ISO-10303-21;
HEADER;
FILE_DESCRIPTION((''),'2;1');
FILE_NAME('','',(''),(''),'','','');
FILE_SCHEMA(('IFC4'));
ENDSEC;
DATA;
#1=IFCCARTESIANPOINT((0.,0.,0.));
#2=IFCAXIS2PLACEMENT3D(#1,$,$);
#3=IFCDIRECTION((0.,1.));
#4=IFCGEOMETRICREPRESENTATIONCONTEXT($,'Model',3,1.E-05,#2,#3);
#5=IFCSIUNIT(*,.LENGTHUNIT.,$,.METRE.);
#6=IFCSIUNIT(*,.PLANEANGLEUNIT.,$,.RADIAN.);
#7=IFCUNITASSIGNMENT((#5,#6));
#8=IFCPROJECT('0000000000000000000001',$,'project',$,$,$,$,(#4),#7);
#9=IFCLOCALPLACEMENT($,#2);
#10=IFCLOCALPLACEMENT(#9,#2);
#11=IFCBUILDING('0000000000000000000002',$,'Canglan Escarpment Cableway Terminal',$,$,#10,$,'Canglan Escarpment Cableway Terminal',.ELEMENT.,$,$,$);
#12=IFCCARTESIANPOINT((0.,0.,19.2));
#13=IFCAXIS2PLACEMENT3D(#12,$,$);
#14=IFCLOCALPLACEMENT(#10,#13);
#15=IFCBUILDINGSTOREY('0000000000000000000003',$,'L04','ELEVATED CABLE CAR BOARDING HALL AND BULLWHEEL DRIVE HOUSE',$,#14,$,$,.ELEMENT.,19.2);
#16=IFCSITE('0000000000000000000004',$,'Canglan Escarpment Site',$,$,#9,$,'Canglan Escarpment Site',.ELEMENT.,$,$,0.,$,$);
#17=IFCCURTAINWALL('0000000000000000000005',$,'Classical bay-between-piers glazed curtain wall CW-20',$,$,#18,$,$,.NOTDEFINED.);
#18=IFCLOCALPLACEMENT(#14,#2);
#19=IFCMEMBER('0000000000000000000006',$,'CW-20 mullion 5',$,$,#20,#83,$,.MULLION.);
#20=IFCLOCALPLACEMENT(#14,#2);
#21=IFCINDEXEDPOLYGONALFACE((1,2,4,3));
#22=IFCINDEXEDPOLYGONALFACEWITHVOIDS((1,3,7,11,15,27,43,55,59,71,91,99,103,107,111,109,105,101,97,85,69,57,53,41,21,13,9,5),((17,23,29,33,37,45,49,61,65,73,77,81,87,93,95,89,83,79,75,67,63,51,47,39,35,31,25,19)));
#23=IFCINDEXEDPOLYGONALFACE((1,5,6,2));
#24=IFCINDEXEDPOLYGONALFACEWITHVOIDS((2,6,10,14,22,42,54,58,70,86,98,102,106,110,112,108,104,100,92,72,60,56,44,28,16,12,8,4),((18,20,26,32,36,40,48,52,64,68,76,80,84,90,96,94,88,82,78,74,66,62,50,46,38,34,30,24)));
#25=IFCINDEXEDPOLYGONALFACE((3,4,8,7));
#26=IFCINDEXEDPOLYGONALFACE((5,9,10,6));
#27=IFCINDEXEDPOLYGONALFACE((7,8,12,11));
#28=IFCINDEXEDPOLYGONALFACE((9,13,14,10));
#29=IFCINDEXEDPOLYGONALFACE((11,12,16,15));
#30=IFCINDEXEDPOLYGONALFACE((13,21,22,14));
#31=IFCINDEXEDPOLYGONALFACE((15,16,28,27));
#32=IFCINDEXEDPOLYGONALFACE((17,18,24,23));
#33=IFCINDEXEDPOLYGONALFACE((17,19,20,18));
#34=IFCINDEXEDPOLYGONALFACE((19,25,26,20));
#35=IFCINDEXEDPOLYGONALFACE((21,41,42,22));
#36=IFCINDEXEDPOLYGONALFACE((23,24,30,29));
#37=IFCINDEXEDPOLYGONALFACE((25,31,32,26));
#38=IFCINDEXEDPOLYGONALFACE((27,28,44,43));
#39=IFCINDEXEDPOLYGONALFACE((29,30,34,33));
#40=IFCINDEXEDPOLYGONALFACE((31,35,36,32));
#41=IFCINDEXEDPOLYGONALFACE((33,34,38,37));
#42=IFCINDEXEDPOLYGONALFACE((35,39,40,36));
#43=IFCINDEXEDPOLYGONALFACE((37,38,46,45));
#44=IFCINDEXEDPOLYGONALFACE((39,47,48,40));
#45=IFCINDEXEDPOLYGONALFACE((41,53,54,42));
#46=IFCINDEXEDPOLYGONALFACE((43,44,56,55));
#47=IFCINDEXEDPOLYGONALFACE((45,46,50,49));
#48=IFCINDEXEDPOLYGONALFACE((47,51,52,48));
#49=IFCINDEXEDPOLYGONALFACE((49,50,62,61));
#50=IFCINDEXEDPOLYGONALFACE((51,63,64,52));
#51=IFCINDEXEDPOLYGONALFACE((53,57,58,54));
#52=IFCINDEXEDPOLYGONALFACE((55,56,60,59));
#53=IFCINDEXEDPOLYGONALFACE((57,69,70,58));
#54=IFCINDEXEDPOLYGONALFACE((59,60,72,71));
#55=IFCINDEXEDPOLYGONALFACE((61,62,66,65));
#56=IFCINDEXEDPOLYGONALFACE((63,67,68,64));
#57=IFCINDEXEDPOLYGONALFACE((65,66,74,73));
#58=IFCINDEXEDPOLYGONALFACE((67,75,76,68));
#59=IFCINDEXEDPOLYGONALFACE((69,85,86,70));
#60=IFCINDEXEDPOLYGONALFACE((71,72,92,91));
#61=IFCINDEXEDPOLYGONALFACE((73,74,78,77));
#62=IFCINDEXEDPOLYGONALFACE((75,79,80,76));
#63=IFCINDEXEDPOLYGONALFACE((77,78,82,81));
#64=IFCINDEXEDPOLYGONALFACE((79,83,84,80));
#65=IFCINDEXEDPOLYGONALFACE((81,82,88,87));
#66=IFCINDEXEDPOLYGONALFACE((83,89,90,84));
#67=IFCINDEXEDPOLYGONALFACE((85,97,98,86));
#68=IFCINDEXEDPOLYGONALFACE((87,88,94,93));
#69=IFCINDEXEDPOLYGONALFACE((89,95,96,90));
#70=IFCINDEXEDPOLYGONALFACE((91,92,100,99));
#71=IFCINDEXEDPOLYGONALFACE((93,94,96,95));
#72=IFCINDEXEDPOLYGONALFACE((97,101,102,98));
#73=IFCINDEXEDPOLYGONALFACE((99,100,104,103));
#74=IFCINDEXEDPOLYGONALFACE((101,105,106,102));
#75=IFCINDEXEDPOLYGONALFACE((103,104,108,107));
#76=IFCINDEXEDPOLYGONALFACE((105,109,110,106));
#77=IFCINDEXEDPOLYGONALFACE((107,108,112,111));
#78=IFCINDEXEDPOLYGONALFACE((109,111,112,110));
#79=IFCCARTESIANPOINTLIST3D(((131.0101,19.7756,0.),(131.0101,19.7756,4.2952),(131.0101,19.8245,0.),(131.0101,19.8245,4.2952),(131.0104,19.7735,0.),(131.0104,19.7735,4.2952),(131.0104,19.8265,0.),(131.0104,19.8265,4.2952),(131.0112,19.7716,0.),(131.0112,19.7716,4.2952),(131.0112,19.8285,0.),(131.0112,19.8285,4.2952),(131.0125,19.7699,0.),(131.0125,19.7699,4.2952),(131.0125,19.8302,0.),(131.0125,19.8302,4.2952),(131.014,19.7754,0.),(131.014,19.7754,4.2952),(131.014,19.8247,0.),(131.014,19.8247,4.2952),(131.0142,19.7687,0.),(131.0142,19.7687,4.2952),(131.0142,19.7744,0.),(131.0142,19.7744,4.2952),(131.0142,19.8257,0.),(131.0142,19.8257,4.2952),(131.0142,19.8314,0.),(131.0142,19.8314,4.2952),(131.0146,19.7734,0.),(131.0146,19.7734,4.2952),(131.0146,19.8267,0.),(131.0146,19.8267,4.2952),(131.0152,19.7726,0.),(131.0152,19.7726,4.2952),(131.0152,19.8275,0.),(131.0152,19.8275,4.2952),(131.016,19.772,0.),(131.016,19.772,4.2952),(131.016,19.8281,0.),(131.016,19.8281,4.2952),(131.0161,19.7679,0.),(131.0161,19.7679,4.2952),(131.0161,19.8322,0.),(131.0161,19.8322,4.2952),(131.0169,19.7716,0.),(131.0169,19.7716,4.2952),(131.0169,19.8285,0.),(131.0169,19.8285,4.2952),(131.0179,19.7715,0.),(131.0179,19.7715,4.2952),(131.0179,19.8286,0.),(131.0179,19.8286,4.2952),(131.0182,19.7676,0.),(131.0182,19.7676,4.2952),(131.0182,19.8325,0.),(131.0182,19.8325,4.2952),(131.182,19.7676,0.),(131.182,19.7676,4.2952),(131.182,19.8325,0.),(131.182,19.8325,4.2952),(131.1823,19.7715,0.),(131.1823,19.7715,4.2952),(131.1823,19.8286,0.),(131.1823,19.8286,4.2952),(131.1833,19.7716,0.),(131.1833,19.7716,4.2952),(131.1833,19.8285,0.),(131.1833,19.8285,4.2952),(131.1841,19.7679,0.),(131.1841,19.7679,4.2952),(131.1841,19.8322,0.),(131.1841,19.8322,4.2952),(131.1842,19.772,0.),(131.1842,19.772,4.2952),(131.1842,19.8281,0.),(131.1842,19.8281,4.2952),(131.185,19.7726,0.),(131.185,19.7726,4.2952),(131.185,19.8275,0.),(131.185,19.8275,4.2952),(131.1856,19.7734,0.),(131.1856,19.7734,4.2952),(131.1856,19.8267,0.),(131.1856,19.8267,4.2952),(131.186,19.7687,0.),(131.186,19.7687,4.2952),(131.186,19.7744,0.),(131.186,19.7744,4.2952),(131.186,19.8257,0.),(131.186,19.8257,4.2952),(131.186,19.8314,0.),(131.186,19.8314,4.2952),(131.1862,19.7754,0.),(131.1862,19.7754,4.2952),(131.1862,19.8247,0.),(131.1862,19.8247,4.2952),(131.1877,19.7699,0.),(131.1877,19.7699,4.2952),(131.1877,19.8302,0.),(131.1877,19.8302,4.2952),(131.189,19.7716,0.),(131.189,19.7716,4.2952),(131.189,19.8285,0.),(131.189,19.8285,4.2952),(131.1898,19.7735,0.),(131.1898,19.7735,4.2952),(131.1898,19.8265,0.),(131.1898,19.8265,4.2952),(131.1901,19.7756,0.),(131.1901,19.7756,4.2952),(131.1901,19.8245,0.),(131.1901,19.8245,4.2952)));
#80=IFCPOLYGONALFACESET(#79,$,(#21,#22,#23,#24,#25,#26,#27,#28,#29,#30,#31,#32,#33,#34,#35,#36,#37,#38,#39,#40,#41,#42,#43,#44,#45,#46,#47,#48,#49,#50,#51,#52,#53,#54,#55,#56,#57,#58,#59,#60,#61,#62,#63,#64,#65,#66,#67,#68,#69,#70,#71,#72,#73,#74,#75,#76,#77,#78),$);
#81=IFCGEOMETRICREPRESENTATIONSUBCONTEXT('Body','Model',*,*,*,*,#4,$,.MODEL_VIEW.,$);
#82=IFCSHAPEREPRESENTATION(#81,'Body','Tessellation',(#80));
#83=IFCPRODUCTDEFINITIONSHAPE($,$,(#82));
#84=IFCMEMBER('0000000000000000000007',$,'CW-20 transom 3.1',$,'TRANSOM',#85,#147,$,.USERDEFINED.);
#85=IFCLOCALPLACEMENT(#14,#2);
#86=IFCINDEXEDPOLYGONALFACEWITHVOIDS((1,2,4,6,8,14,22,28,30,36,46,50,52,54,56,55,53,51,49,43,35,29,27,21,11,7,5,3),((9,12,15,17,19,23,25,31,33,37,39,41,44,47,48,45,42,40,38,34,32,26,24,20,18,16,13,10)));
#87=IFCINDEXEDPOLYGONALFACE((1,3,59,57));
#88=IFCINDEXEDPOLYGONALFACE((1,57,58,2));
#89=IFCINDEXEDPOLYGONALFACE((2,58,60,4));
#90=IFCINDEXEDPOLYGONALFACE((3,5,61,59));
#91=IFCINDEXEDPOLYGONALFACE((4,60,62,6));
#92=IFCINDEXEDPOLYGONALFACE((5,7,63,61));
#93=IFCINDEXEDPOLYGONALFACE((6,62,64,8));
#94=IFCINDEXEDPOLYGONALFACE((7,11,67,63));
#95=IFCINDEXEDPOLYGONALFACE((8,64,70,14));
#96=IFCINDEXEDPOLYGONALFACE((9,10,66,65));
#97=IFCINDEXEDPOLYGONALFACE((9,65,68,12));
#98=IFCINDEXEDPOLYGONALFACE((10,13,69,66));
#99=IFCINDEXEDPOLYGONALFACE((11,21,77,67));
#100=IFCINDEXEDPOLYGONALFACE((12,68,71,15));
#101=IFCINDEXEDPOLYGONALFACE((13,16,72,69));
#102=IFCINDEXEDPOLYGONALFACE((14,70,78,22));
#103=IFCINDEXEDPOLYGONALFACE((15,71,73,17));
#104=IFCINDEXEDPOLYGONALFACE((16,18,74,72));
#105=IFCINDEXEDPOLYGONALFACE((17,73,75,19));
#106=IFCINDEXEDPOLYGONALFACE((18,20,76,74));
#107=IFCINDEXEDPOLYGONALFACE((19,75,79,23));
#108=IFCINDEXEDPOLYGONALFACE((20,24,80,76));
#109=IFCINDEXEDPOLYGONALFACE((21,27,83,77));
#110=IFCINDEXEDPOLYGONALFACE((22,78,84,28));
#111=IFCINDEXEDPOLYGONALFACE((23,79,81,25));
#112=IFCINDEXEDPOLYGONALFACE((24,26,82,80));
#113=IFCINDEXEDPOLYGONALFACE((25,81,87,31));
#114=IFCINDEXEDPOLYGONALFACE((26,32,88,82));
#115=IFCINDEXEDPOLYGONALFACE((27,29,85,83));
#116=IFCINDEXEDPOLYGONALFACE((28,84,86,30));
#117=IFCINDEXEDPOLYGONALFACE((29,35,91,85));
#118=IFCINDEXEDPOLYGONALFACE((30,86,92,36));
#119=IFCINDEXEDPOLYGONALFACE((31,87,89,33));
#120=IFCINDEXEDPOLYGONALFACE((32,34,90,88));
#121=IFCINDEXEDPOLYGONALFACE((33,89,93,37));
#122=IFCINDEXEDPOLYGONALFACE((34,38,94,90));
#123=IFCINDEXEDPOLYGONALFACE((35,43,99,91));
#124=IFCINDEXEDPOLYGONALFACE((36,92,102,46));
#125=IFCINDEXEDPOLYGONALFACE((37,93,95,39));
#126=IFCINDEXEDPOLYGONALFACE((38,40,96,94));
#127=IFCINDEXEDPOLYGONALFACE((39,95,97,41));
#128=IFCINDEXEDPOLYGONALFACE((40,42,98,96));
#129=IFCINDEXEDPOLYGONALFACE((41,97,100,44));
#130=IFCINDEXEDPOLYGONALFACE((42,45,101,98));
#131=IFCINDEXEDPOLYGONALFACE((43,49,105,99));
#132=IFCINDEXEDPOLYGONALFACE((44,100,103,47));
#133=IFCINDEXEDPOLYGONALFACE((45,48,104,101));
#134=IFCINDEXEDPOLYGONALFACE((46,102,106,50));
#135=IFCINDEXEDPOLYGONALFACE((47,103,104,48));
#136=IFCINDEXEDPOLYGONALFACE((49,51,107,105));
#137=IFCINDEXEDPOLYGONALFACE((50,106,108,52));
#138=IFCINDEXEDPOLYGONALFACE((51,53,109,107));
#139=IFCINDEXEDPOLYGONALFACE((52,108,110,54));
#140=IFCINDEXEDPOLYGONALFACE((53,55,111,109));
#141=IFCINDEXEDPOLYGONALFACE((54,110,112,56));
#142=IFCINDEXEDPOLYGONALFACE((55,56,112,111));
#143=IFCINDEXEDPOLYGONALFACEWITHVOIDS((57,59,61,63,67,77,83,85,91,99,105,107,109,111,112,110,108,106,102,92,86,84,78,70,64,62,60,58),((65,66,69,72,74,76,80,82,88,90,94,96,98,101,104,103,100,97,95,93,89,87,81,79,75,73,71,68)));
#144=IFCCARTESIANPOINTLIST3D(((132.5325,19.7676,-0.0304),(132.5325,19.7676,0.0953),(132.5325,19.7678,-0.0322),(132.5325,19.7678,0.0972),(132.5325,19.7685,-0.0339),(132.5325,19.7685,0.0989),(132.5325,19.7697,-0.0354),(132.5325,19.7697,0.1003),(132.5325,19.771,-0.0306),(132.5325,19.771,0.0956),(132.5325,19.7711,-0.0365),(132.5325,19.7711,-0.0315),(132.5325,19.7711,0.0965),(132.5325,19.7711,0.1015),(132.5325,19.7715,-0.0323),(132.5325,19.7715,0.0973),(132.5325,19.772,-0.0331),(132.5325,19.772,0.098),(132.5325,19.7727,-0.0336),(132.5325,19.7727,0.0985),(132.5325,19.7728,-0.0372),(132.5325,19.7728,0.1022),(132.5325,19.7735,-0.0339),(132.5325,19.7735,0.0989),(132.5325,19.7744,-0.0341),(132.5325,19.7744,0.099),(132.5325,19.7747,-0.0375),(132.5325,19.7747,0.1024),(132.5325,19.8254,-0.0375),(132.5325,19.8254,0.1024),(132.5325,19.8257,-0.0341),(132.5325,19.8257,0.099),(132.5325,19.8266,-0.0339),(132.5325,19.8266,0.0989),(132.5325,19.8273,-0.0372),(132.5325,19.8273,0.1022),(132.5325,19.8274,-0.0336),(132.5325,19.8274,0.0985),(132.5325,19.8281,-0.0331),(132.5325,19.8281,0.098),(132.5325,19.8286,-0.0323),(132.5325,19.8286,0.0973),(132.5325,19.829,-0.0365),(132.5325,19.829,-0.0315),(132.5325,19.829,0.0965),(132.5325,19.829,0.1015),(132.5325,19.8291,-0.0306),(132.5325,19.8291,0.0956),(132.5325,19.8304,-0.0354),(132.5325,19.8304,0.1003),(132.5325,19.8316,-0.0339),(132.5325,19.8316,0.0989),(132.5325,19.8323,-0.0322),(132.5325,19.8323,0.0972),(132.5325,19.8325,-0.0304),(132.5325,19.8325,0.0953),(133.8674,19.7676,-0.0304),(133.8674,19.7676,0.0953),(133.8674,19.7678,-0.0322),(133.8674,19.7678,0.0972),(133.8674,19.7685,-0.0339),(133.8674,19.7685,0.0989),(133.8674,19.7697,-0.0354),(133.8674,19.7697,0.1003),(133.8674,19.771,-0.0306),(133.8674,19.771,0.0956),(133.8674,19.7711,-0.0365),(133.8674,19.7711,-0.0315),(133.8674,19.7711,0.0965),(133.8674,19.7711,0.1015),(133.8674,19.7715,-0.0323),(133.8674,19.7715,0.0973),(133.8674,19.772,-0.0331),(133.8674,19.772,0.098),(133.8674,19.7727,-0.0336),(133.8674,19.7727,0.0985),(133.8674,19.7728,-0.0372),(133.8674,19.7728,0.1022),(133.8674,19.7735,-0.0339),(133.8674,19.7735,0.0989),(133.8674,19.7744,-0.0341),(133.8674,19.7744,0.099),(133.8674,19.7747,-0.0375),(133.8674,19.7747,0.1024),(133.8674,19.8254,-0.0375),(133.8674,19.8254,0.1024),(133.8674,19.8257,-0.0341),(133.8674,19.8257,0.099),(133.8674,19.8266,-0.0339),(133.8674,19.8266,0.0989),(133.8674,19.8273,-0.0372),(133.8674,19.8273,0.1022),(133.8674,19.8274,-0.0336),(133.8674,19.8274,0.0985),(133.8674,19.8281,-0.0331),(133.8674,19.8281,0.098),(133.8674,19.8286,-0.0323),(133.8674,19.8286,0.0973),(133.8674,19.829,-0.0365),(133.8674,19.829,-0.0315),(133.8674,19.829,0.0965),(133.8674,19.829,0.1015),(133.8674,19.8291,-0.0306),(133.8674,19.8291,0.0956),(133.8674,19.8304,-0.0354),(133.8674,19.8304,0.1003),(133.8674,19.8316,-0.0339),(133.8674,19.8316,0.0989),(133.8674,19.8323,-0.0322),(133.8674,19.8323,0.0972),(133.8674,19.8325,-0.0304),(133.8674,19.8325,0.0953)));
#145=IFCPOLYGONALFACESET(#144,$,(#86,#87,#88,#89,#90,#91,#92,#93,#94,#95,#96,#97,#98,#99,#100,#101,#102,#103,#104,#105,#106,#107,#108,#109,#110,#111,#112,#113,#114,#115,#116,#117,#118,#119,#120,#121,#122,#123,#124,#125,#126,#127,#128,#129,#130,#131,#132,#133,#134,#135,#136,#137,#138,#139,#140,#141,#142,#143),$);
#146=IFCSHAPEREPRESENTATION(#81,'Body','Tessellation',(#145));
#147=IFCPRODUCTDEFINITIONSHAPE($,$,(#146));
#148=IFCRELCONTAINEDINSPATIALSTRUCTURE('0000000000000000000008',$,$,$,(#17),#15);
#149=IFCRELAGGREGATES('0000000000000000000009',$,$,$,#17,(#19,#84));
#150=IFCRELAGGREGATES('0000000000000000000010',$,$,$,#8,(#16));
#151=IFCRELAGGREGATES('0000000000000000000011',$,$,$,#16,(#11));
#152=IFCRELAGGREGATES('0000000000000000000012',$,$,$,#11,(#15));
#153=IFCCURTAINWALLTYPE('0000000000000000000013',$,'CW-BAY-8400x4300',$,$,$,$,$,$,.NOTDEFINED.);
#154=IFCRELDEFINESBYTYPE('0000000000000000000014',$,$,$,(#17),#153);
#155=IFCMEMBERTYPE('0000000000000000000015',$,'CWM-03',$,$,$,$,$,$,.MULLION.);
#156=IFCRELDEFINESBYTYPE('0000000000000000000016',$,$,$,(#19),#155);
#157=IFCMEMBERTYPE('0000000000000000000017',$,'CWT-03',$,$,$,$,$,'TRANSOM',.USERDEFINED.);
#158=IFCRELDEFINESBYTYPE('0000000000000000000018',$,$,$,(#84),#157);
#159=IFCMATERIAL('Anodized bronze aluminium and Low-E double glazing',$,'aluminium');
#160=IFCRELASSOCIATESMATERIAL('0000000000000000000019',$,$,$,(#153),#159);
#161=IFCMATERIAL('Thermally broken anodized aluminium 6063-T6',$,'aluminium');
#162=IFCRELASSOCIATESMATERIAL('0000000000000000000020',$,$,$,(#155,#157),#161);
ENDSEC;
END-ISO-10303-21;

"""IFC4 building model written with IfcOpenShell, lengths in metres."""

from ifc_helpers import new_model, si_unit, direction, frame, origin, origin_2d, place, context, subcontext, project, spatial, hollow_rectangle, extrude, material, material_profile, profile_set, type_object, element, aggregate, save


model = new_model("IFC4")

# Units and contexts
model_context = context("Model", 3, precision=1e-05, world=origin(), true_north=direction((0.0, 1.0)))
body_context = subcontext(model_context, "Body", "Model", "MODEL_VIEW")
ifc_project = project(units=[si_unit("LENGTHUNIT", "METRE"), si_unit("PLANEANGLEUNIT", "RADIAN")], contexts=[model_context])

# Site, building, storey
site_placement = place(None, origin())
site = spatial("IfcSite", under=ifc_project, at=site_placement, Name="Canglan Escarpment Site", LongName="Canglan Escarpment Site", CompositionType="ELEMENT", RefElevation=0.0)
building_placement = place(site_placement, origin())
building = spatial("IfcBuilding", under=site, at=building_placement, Name="Canglan Escarpment Cableway Terminal", LongName="Canglan Escarpment Cableway Terminal", CompositionType="ELEMENT")
storey_placement = place(building_placement, frame((0.0, 0.0, 19.2)))
storey = spatial("IfcBuildingStorey", under=building, at=storey_placement, Name="L04", Description="ELEVATED CABLE CAR BOARDING HALL AND BULLWHEEL DRIVE HOUSE", CompositionType="ELEMENT", Elevation=19.2)

# Curtain wall, members
ifc_material_1 = material(Name="Anodized bronze aluminium and Low-E double glazing", Category="aluminium")
curtain_wall_type = type_object("IfcCurtainWallType", Name="CW-BAY-8400x4300", PredefinedType="NOTDEFINED", material=ifc_material_1)
curtain_wall_placement = place(storey_placement, origin())
curtain_wall = element("IfcCurtainWall", 1, at=curtain_wall_placement, inside=storey, type_object=curtain_wall_type, Name="Classical bay-between-piers glazed curtain wall CW-20", PredefinedType="NOTDEFINED")
ifc_material_2 = material(Name="Thermally broken anodized aluminium 6063-T6", Category="aluminium")
ifc_material_profile_1 = material_profile(ifc_material_2, hollow_rectangle(XDim=0.0649, YDim=0.1799, WallThickness=0.0039, InnerFilletRadius=0.0039, OuterFilletRadius=0.0081, at=origin_2d()), Name="ALU-MULL 65x180x4")
ifc_profile_set_1 = profile_set([ifc_material_profile_1], Name="Thermally broken anodized aluminium 6063-T6")
member_type_1 = type_object("IfcMemberType", Name="CWM-03", PredefinedType="MULLION", material=ifc_profile_set_1)
member_1_placement = place(storey_placement, frame((131.1001, 19.8, 0.0), z_axis=(0.0, 0.0, 1.0), x_axis=(0.0, -1.0, 0.0)))
member_1 = element("IfcMember", 2, at=member_1_placement, type_object=member_type_1, Name="CW-20 mullion 5", PredefinedType="MULLION", context=body_context, shape_type="SweptSolid", body=[
    extrude(hollow_rectangle(XDim=0.0649, YDim=0.1799, WallThickness=0.0039, InnerFilletRadius=0.0039, OuterFilletRadius=0.0081, at=origin_2d()), origin(), (0.0, 0.0, 1.0), 4.2952),
])
ifc_material_profile_2 = material_profile(ifc_material_2, hollow_rectangle(XDim=0.0649, YDim=0.1399, WallThickness=0.0034, InnerFilletRadius=0.0034, OuterFilletRadius=0.0071, at=origin_2d()), Name="ALU-TRAN 65x140x3.5")
ifc_profile_set_2 = profile_set([ifc_material_profile_2], Name="Thermally broken anodized aluminium 6063-T6")
member_type_2 = type_object("IfcMemberType", Name="CWT-03", ElementType="TRANSOM", PredefinedType="USERDEFINED", material=ifc_profile_set_2)
member_2_placement = place(storey_placement, frame((133.8674, 19.8, 0.0325), z_axis=(-1.0, 0.0, 0.0), x_axis=(0.0, -1.0, 0.0)))
member_2 = element("IfcMember", 3, at=member_2_placement, type_object=member_type_2, Name="CW-20 transom 3.1", ObjectType="TRANSOM", PredefinedType="USERDEFINED", context=body_context, shape_type="SweptSolid", body=[
    extrude(hollow_rectangle(XDim=0.0649, YDim=0.1399, WallThickness=0.0034, InnerFilletRadius=0.0034, OuterFilletRadius=0.0071, at=origin_2d()), origin(), (0.0, 0.0, 1.0), 1.335),
])
aggregate(curtain_wall, [member_1, member_2])

save(model, "model.ifc")
